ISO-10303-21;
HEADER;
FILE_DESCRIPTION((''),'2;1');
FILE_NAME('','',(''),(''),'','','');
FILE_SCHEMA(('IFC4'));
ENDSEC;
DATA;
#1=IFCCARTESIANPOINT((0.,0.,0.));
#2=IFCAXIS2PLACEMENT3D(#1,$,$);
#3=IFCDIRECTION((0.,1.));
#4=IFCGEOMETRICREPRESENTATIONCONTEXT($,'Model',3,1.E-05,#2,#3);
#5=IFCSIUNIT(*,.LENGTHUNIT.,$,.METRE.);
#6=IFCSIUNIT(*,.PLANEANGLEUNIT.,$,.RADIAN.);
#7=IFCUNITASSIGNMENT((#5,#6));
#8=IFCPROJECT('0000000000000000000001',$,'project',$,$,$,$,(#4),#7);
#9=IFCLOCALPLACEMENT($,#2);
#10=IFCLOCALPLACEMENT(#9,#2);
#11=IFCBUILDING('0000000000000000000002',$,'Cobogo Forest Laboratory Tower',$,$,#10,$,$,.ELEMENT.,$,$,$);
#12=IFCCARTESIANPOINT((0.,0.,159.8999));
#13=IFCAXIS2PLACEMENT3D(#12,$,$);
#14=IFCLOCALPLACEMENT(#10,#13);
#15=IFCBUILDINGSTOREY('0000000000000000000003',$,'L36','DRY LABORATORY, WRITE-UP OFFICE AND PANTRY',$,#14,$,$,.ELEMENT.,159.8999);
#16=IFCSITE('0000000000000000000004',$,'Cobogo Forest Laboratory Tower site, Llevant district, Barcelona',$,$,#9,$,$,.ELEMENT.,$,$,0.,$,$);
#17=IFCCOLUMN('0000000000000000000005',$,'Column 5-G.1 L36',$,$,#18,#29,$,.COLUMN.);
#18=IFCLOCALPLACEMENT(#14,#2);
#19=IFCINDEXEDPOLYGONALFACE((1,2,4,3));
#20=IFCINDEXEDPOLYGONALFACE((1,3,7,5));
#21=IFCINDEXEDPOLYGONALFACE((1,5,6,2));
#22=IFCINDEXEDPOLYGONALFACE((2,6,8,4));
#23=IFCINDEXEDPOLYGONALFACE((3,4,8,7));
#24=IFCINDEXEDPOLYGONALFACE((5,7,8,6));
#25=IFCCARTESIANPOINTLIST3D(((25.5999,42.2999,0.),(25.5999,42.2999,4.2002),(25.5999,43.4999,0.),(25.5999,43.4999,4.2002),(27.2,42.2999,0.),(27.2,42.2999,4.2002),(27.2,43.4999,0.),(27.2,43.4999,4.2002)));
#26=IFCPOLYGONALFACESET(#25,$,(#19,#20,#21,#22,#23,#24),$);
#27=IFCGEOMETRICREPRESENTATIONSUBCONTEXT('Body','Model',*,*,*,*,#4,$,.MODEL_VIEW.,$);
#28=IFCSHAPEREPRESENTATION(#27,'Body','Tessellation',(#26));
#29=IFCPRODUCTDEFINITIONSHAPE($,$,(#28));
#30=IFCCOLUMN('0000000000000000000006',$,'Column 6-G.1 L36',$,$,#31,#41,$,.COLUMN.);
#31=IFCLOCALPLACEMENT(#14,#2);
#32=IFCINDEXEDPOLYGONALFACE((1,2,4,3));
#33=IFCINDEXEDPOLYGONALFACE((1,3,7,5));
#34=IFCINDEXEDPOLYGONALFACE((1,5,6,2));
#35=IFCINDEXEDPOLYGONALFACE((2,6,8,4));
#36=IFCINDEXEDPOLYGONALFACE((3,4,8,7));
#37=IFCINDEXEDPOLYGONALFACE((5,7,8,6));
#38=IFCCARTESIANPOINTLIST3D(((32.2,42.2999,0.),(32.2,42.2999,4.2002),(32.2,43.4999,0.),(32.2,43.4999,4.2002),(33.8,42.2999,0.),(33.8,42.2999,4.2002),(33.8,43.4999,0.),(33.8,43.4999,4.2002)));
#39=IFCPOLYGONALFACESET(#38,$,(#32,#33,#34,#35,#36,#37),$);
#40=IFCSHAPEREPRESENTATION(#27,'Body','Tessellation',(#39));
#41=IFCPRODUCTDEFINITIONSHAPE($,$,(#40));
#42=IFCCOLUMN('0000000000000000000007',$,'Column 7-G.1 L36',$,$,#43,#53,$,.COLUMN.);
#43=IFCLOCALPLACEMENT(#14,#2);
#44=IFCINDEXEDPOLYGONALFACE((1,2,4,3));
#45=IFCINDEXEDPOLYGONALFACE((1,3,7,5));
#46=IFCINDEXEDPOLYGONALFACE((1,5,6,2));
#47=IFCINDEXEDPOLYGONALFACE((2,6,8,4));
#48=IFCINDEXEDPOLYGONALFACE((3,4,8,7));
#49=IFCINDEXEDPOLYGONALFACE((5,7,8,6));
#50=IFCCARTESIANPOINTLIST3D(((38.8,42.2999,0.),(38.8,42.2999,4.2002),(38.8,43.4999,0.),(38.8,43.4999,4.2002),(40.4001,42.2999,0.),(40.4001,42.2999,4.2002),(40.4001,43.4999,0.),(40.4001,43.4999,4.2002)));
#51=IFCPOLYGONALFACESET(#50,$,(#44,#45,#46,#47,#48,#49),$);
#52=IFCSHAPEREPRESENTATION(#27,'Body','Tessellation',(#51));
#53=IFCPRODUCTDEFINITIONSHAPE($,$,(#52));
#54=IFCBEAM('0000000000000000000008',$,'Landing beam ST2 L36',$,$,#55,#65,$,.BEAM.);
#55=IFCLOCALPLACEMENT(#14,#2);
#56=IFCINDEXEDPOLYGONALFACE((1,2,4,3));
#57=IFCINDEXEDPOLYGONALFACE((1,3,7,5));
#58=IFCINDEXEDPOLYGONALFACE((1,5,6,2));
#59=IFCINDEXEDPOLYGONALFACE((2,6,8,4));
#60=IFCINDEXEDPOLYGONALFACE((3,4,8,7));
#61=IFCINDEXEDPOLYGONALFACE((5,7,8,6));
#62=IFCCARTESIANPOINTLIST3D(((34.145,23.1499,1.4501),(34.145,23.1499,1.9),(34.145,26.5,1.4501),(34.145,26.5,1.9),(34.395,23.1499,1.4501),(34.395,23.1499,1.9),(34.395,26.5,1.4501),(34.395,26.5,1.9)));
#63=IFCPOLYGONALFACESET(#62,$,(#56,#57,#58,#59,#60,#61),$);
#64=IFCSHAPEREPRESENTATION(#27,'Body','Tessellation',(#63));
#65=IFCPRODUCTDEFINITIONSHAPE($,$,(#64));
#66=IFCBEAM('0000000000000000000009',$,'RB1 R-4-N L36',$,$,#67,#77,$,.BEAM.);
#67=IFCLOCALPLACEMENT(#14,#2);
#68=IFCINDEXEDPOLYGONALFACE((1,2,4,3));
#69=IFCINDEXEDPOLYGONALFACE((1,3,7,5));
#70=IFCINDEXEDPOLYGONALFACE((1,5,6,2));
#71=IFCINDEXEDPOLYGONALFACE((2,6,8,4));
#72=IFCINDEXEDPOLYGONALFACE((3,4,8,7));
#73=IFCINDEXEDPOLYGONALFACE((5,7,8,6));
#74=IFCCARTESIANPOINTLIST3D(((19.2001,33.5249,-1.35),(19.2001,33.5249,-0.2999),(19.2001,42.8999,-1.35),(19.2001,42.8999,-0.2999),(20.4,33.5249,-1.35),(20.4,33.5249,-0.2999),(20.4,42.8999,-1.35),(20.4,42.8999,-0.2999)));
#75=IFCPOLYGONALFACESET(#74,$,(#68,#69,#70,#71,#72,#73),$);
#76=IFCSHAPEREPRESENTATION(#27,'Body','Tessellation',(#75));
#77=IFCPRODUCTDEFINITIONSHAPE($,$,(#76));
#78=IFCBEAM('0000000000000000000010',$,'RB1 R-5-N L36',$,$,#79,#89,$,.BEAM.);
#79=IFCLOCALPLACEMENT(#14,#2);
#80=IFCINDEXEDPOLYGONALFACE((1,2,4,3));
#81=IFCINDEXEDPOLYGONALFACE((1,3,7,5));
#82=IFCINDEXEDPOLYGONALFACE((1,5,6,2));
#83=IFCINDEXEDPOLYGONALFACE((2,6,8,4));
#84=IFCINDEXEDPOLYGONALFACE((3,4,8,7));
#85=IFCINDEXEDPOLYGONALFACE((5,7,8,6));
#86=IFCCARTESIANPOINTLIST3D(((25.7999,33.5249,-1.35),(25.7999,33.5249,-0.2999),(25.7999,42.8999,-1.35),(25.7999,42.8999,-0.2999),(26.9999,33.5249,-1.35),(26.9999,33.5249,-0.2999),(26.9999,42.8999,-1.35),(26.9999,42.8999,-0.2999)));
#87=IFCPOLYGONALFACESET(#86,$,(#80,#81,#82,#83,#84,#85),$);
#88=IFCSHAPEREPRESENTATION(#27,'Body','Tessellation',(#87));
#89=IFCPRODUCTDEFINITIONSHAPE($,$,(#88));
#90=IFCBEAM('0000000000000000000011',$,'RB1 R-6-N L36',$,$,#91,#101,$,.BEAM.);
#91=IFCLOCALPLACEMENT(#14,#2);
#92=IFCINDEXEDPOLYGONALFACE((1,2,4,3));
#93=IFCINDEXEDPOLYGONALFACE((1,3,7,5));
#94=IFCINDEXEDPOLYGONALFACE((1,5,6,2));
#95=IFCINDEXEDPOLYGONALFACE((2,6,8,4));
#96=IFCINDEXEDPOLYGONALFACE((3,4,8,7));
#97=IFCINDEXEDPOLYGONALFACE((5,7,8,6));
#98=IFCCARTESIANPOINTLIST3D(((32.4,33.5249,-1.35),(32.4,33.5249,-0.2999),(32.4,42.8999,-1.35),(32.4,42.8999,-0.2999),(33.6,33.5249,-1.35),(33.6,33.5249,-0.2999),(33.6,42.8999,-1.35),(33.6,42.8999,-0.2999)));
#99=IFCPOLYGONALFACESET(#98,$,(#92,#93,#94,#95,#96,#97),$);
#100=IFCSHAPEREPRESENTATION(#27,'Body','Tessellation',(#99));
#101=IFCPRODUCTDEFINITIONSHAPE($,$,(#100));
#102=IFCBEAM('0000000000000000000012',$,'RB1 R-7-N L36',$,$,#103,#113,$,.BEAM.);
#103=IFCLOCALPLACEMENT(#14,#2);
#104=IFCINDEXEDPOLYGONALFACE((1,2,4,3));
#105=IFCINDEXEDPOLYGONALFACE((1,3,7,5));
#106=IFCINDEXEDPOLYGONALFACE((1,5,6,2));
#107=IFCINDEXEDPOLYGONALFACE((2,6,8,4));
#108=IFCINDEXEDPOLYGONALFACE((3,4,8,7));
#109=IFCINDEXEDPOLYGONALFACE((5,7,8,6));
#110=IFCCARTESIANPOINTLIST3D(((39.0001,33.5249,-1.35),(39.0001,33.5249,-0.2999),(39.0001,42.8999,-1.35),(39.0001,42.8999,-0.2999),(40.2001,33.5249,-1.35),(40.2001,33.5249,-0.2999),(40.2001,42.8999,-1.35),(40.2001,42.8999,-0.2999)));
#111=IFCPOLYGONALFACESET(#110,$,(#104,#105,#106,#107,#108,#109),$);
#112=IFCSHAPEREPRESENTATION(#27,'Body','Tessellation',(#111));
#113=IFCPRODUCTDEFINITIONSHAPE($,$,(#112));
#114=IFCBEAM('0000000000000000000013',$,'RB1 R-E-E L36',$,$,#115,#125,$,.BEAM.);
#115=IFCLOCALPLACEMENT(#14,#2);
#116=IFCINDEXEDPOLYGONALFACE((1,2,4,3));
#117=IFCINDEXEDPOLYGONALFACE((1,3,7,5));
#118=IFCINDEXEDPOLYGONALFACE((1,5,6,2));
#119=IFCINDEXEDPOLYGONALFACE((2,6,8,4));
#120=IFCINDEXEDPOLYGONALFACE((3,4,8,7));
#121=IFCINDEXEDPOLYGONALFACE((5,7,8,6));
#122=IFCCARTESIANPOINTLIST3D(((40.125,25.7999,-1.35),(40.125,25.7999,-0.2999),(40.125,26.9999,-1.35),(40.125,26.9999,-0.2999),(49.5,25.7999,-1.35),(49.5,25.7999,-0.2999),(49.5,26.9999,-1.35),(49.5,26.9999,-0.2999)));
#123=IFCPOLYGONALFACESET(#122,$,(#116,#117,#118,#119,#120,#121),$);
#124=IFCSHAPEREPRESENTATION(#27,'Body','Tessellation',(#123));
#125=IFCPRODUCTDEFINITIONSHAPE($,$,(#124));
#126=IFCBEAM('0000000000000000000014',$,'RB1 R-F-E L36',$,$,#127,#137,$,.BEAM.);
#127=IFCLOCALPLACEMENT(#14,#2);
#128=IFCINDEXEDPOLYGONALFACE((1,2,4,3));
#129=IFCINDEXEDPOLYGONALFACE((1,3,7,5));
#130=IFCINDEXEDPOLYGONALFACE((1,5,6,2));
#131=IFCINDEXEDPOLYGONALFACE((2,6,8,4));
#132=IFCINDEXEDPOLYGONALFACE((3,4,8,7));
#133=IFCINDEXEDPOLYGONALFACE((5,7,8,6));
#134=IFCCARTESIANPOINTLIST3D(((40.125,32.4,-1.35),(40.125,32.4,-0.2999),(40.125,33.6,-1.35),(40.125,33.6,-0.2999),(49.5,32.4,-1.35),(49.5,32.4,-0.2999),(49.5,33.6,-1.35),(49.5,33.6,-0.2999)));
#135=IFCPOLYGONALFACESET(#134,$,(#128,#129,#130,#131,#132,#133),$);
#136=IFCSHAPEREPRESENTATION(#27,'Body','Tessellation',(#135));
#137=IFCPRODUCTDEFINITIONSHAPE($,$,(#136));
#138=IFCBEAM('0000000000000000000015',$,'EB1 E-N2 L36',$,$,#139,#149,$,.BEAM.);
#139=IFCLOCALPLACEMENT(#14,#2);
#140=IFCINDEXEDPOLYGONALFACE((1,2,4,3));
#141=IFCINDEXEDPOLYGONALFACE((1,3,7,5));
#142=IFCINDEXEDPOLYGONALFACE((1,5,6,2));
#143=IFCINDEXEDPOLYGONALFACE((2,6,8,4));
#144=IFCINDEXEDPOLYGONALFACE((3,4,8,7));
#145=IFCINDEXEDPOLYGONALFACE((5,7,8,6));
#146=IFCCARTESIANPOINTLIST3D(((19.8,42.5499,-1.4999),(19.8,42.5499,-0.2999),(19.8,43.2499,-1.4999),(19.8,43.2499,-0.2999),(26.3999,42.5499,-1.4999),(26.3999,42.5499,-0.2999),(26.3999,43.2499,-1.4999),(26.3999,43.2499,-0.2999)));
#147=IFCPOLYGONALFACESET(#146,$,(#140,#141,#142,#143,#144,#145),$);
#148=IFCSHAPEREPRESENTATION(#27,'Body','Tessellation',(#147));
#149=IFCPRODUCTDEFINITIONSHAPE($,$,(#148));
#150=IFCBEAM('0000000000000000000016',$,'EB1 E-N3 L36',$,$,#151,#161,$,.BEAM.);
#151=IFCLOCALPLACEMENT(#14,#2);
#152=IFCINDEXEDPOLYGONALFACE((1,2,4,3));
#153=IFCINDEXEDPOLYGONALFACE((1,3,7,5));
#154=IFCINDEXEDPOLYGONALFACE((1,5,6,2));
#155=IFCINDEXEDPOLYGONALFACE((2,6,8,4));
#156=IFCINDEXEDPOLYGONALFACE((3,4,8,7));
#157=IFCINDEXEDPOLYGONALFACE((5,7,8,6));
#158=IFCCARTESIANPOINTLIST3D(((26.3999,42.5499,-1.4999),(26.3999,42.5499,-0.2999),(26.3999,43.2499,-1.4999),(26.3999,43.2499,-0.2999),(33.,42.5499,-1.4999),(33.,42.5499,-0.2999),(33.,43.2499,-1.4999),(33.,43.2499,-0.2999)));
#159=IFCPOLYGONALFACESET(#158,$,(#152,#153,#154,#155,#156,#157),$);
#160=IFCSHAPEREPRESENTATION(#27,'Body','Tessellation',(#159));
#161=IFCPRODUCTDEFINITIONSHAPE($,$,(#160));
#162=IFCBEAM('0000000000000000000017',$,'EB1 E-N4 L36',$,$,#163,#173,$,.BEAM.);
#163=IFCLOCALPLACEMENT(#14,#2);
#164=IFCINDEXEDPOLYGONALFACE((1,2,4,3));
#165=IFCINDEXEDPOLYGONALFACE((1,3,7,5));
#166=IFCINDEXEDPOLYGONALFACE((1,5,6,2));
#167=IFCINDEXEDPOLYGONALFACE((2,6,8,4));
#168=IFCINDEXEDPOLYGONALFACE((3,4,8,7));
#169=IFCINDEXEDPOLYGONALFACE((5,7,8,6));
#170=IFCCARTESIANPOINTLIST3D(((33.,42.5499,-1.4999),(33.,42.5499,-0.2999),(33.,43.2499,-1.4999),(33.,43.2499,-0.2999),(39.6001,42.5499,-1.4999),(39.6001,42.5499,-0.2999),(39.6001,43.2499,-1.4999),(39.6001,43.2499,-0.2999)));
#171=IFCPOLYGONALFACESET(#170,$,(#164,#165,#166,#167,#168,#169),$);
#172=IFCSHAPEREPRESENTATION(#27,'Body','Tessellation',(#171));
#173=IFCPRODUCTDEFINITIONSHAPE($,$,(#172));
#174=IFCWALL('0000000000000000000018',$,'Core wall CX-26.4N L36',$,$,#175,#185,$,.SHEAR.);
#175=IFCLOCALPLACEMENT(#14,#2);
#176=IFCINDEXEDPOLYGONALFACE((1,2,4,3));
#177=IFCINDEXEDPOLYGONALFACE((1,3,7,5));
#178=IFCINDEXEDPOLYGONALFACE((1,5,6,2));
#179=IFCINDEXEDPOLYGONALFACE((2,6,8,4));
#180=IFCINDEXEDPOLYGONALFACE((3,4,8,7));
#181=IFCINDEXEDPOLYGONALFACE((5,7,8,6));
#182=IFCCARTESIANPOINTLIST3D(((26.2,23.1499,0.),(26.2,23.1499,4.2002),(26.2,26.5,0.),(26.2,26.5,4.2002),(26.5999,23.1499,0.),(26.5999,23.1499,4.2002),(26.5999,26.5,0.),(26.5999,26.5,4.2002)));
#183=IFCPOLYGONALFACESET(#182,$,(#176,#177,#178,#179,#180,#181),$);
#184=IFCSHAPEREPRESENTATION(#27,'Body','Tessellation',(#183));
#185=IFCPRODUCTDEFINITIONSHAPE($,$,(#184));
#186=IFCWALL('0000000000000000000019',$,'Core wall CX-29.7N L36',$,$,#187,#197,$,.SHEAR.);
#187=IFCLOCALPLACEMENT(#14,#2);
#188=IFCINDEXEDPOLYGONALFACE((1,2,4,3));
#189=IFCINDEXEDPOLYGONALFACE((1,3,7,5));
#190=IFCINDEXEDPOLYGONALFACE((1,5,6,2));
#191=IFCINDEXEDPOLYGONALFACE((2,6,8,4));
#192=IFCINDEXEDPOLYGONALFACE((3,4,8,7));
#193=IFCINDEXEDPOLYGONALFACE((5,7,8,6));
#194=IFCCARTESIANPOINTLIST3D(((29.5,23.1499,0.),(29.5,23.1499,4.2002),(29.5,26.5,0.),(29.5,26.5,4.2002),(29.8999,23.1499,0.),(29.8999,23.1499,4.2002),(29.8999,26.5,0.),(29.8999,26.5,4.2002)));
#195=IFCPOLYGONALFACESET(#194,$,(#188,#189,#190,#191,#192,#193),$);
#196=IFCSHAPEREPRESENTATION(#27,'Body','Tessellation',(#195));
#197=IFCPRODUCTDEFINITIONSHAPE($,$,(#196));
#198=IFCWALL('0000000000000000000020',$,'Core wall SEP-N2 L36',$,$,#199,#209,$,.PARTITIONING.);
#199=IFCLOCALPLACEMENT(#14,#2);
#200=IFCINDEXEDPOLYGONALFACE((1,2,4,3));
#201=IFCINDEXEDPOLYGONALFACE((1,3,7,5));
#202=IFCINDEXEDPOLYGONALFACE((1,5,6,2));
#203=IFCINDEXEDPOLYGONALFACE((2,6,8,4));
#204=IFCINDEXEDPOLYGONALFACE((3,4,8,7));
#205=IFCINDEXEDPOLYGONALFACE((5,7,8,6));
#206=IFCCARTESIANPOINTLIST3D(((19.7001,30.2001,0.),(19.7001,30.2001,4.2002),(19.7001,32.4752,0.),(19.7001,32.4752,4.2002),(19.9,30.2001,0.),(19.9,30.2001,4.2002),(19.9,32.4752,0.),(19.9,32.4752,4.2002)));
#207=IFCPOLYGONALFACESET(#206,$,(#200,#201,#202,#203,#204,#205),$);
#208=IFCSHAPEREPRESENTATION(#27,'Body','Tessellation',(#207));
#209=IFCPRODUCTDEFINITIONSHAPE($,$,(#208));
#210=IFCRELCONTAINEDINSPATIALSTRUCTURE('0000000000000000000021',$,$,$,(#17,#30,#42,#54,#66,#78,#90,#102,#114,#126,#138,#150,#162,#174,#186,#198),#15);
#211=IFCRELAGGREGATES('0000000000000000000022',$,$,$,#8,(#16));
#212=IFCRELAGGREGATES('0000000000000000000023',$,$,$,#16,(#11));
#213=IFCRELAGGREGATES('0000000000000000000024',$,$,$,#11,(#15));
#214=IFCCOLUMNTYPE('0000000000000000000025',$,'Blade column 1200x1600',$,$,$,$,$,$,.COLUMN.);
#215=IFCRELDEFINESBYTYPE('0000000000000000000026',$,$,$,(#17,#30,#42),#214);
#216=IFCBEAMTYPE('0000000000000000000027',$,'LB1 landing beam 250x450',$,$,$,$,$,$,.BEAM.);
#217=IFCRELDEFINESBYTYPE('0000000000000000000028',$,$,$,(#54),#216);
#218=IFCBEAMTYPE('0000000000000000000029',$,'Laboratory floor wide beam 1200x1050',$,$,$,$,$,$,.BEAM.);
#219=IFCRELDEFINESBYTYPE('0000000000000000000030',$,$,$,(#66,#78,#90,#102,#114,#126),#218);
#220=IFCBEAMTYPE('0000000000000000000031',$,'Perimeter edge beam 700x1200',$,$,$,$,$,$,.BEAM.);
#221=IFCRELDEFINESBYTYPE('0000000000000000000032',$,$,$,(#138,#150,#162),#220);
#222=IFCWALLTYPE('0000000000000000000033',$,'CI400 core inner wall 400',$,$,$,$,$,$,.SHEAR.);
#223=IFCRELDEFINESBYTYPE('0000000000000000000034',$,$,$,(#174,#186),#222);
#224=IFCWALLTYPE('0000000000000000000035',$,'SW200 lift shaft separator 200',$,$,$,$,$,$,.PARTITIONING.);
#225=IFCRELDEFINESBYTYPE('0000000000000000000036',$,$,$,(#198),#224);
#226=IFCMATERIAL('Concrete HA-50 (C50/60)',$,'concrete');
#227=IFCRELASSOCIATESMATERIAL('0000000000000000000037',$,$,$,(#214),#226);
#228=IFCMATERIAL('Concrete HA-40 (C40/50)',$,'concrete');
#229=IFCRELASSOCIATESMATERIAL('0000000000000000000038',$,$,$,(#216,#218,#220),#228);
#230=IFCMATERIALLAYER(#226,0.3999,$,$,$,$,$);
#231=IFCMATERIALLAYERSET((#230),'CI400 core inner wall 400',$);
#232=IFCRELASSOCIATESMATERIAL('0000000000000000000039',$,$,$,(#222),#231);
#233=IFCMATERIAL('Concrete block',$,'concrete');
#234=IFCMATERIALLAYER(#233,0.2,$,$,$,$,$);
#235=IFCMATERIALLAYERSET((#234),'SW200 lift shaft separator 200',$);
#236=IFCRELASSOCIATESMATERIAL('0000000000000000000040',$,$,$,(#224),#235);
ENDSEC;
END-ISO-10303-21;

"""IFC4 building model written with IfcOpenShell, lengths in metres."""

from ifc_helpers import new_model, si_unit, direction, frame, frame_2d, origin, origin_2d, place, context, subcontext, project, spatial, rectangle, extrude, material, layer, layer_set, material_profile, profile_set, type_object, element, save


model = new_model("IFC4")

# Units and contexts
model_context = context("Model", 3, precision=1e-05, world=origin(), true_north=direction((0.0, 1.0)))
body_context = subcontext(model_context, "Body", "Model", "MODEL_VIEW")
ifc_project = project(units=[si_unit("LENGTHUNIT", "METRE"), si_unit("PLANEANGLEUNIT", "RADIAN")], contexts=[model_context])

# Site, building, storey
site_placement = place(None, origin())
site = spatial("IfcSite", under=ifc_project, at=site_placement, Name="Cobogo Forest Laboratory Tower site, Llevant district, Barcelona", CompositionType="ELEMENT", RefElevation=0.0)
building_placement = place(site_placement, origin())
building = spatial("IfcBuilding", under=site, at=building_placement, Name="Cobogo Forest Laboratory Tower", CompositionType="ELEMENT")
storey_placement = place(building_placement, frame((0.0, 0.0, 159.8999)))
storey = spatial("IfcBuildingStorey", under=building, at=storey_placement, Name="L36", Description="DRY LABORATORY, WRITE-UP OFFICE AND PANTRY", CompositionType="ELEMENT", Elevation=159.8999)

# Columns
ifc_material_1 = material(Name="Concrete HA-50 (C50/60)", Category="concrete")
ifc_material_profile_1 = material_profile(ifc_material_1, rectangle(XDim=1.6001, YDim=1.2, at=origin_2d()), Name="RC 1200x1600")
ifc_profile_set_1 = profile_set([ifc_material_profile_1], Name="Concrete HA-50 (C50/60)")
column_type = type_object("IfcColumnType", Name="Blade column 1200x1600", PredefinedType="COLUMN", material=ifc_profile_set_1)
for number, where, z_axis, x_axis, name in (
    (1, (26.3999, 42.8999, 0.0), (0.0, 0.0, 1.0), (1.0, 0.0, 0.0), "Column 5-G.1 L36"),
    (2, (33.0, 42.8999, 0.0), (0.0, 0.0, 1.0), (1.0, 0.0, 0.0), "Column 6-G.1 L36"),
    (3, (39.6001, 42.8999, 0.0), (0.0, 0.0, 1.0), (1.0, 0.0, 0.0), "Column 7-G.1 L36"),
):
    element("IfcColumn", number, at=place(storey_placement, frame(where, z_axis=z_axis, x_axis=x_axis)), inside=storey, type_object=column_type, Name=name, PredefinedType="COLUMN", context=body_context, shape_type="SweptSolid", body=[
        extrude(rectangle(XDim=1.6001, YDim=1.2, at=origin_2d()), origin(), (0.0, 0.0, 1.0), 4.2002),
    ])

# Beams
ifc_material_2 = material(Name="Concrete HA-40 (C40/50)", Category="concrete")
ifc_material_profile_2 = material_profile(ifc_material_2, rectangle(XDim=0.25, YDim=0.45, at=origin_2d()), Name="RC 250x450")
ifc_profile_set_2 = profile_set([ifc_material_profile_2], Name="Concrete HA-40 (C40/50)")
beam_type_1 = type_object("IfcBeamType", Name="LB1 landing beam 250x450", PredefinedType="BEAM", material=ifc_profile_set_2)
beam_1_placement = place(storey_placement, frame((34.27, 23.1499, 1.675), z_axis=(0.0, 1.0, 0.0), x_axis=(-1.0, 0.0, 0.0)))
element("IfcBeam", 4, at=beam_1_placement, inside=storey, type_object=beam_type_1, Name="Landing beam ST2 L36", PredefinedType="BEAM", context=body_context, shape_type="SweptSolid", body=[
    extrude(rectangle(XDim=0.25, YDim=0.45, at=origin_2d()), origin(), (0.0, 0.0, 1.0), 3.3501),
])
ifc_material_profile_3 = material_profile(ifc_material_2, rectangle(XDim=1.2, YDim=1.05, at=origin_2d()), Name="RC 1200x1050")
ifc_profile_set_3 = profile_set([ifc_material_profile_3], Name="Concrete HA-40 (C40/50)")
beam_type_2 = type_object("IfcBeamType", Name="Laboratory floor wide beam 1200x1050", PredefinedType="BEAM", material=ifc_profile_set_3)
for number, where, z_axis, x_axis, name in (
    (5, (19.8, 33.5249, -0.825), (0.0, 1.0, 0.0), (-1.0, 0.0, 0.0), "RB1 R-4-N L36"),
    (6, (26.3999, 33.5249, -0.825), (0.0, 1.0, 0.0), (-1.0, 0.0, 0.0), "RB1 R-5-N L36"),
    (7, (33.0, 33.5249, -0.825), (0.0, 1.0, 0.0), (-1.0, 0.0, 0.0), "RB1 R-6-N L36"),
    (8, (39.6001, 33.5249, -0.825), (0.0, 1.0, 0.0), (-1.0, 0.0, 0.0), "RB1 R-7-N L36"),
    (9, (40.125, 26.3999, -0.825), (1.0, 0.0, 0.0), (0.0, 1.0, 0.0), "RB1 R-E-E L36"),
    (10, (40.125, 33.0, -0.825), (1.0, 0.0, 0.0), (0.0, 1.0, 0.0), "RB1 R-F-E L36"),
):
    element("IfcBeam", number, at=place(storey_placement, frame(where, z_axis=z_axis, x_axis=x_axis)), inside=storey, type_object=beam_type_2, Name=name, PredefinedType="BEAM", context=body_context, shape_type="SweptSolid", body=[
        extrude(rectangle(XDim=1.2, YDim=1.05, at=origin_2d()), origin(), (0.0, 0.0, 1.0), 9.375),
    ])
ifc_material_profile_4 = material_profile(ifc_material_2, rectangle(XDim=0.7, YDim=1.2, at=origin_2d()), Name="RC 700x1200")
ifc_profile_set_4 = profile_set([ifc_material_profile_4], Name="Concrete HA-40 (C40/50)")
beam_type_3 = type_object("IfcBeamType", Name="Perimeter edge beam 700x1200", PredefinedType="BEAM", material=ifc_profile_set_4)
beam_2_placement = place(storey_placement, frame((19.8, 42.8999, -0.8999), z_axis=(1.0, 0.0, 0.0), x_axis=(0.0, 1.0, 0.0)))
element("IfcBeam", 11, at=beam_2_placement, inside=storey, type_object=beam_type_3, Name="EB1 E-N2 L36", PredefinedType="BEAM", context=body_context, shape_type="SweptSolid", body=[
    extrude(rectangle(XDim=0.7, YDim=1.2, at=origin_2d()), origin(), (0.0, 0.0, 1.0), 6.5999),
])
for number, where, z_axis, x_axis, name in (
    (12, (26.3999, 42.8999, -0.8999), (1.0, 0.0, 0.0), (0.0, 1.0, 0.0), "EB1 E-N3 L36"),
    (13, (33.0, 42.8999, -0.8999), (1.0, 0.0, 0.0), (0.0, 1.0, 0.0), "EB1 E-N4 L36"),
):
    element("IfcBeam", number, at=place(storey_placement, frame(where, z_axis=z_axis, x_axis=x_axis)), inside=storey, type_object=beam_type_3, Name=name, PredefinedType="BEAM", context=body_context, shape_type="SweptSolid", body=[
        extrude(rectangle(XDim=0.7, YDim=1.2, at=origin_2d()), origin(), (0.0, 0.0, 1.0), 6.6001),
    ])

# Walls
ifc_layer_1 = layer(ifc_material_1, 0.3999)
ifc_layer_set_1 = layer_set([ifc_layer_1], Name="CI400 core inner wall 400")
wall_type_1 = type_object("IfcWallType", Name="CI400 core inner wall 400", PredefinedType="SHEAR", material=ifc_layer_set_1)
for number, where, z_axis, x_axis, name in (
    (14, (26.3999, 23.1499, 0.0), (0.0, 0.0, 1.0), (0.0, 1.0, 0.0), "Core wall CX-26.4N L36"),
    (15, (29.7, 23.1499, 0.0), (0.0, 0.0, 1.0), (0.0, 1.0, 0.0), "Core wall CX-29.7N L36"),
):
    element("IfcWall", number, at=place(storey_placement, frame(where, z_axis=z_axis, x_axis=x_axis)), inside=storey, type_object=wall_type_1, Name=name, PredefinedType="SHEAR", context=body_context, shape_type="SweptSolid", body=[
        extrude(rectangle(XDim=3.3501, YDim=0.3999, at=frame_2d((1.675, 0.0))), origin(), (0.0, 0.0, 1.0), 4.2002),
    ])
ifc_material_3 = material(Name="Concrete block", Category="concrete")
ifc_layer_2 = layer(ifc_material_3, 0.2)
ifc_layer_set_2 = layer_set([ifc_layer_2], Name="SW200 lift shaft separator 200")
wall_type_2 = type_object("IfcWallType", Name="SW200 lift shaft separator 200", PredefinedType="PARTITIONING", material=ifc_layer_set_2)
for number, where, z_axis, x_axis, name in (
    (16, (19.8, 30.2, 0.0), (0.0, 0.0, 1.0), (0.0, 1.0, 0.0), "Core wall SEP-N2 L36"),
):
    element("IfcWall", number, at=place(storey_placement, frame(where, z_axis=z_axis, x_axis=x_axis)), inside=storey, type_object=wall_type_2, Name=name, PredefinedType="PARTITIONING", context=body_context, shape_type="SweptSolid", body=[
        extrude(rectangle(XDim=2.2751, YDim=0.2, at=frame_2d((1.1377, 0.0))), origin(), (0.0, 0.0, 1.0), 4.2002),
    ])

save(model, "model.ifc")
